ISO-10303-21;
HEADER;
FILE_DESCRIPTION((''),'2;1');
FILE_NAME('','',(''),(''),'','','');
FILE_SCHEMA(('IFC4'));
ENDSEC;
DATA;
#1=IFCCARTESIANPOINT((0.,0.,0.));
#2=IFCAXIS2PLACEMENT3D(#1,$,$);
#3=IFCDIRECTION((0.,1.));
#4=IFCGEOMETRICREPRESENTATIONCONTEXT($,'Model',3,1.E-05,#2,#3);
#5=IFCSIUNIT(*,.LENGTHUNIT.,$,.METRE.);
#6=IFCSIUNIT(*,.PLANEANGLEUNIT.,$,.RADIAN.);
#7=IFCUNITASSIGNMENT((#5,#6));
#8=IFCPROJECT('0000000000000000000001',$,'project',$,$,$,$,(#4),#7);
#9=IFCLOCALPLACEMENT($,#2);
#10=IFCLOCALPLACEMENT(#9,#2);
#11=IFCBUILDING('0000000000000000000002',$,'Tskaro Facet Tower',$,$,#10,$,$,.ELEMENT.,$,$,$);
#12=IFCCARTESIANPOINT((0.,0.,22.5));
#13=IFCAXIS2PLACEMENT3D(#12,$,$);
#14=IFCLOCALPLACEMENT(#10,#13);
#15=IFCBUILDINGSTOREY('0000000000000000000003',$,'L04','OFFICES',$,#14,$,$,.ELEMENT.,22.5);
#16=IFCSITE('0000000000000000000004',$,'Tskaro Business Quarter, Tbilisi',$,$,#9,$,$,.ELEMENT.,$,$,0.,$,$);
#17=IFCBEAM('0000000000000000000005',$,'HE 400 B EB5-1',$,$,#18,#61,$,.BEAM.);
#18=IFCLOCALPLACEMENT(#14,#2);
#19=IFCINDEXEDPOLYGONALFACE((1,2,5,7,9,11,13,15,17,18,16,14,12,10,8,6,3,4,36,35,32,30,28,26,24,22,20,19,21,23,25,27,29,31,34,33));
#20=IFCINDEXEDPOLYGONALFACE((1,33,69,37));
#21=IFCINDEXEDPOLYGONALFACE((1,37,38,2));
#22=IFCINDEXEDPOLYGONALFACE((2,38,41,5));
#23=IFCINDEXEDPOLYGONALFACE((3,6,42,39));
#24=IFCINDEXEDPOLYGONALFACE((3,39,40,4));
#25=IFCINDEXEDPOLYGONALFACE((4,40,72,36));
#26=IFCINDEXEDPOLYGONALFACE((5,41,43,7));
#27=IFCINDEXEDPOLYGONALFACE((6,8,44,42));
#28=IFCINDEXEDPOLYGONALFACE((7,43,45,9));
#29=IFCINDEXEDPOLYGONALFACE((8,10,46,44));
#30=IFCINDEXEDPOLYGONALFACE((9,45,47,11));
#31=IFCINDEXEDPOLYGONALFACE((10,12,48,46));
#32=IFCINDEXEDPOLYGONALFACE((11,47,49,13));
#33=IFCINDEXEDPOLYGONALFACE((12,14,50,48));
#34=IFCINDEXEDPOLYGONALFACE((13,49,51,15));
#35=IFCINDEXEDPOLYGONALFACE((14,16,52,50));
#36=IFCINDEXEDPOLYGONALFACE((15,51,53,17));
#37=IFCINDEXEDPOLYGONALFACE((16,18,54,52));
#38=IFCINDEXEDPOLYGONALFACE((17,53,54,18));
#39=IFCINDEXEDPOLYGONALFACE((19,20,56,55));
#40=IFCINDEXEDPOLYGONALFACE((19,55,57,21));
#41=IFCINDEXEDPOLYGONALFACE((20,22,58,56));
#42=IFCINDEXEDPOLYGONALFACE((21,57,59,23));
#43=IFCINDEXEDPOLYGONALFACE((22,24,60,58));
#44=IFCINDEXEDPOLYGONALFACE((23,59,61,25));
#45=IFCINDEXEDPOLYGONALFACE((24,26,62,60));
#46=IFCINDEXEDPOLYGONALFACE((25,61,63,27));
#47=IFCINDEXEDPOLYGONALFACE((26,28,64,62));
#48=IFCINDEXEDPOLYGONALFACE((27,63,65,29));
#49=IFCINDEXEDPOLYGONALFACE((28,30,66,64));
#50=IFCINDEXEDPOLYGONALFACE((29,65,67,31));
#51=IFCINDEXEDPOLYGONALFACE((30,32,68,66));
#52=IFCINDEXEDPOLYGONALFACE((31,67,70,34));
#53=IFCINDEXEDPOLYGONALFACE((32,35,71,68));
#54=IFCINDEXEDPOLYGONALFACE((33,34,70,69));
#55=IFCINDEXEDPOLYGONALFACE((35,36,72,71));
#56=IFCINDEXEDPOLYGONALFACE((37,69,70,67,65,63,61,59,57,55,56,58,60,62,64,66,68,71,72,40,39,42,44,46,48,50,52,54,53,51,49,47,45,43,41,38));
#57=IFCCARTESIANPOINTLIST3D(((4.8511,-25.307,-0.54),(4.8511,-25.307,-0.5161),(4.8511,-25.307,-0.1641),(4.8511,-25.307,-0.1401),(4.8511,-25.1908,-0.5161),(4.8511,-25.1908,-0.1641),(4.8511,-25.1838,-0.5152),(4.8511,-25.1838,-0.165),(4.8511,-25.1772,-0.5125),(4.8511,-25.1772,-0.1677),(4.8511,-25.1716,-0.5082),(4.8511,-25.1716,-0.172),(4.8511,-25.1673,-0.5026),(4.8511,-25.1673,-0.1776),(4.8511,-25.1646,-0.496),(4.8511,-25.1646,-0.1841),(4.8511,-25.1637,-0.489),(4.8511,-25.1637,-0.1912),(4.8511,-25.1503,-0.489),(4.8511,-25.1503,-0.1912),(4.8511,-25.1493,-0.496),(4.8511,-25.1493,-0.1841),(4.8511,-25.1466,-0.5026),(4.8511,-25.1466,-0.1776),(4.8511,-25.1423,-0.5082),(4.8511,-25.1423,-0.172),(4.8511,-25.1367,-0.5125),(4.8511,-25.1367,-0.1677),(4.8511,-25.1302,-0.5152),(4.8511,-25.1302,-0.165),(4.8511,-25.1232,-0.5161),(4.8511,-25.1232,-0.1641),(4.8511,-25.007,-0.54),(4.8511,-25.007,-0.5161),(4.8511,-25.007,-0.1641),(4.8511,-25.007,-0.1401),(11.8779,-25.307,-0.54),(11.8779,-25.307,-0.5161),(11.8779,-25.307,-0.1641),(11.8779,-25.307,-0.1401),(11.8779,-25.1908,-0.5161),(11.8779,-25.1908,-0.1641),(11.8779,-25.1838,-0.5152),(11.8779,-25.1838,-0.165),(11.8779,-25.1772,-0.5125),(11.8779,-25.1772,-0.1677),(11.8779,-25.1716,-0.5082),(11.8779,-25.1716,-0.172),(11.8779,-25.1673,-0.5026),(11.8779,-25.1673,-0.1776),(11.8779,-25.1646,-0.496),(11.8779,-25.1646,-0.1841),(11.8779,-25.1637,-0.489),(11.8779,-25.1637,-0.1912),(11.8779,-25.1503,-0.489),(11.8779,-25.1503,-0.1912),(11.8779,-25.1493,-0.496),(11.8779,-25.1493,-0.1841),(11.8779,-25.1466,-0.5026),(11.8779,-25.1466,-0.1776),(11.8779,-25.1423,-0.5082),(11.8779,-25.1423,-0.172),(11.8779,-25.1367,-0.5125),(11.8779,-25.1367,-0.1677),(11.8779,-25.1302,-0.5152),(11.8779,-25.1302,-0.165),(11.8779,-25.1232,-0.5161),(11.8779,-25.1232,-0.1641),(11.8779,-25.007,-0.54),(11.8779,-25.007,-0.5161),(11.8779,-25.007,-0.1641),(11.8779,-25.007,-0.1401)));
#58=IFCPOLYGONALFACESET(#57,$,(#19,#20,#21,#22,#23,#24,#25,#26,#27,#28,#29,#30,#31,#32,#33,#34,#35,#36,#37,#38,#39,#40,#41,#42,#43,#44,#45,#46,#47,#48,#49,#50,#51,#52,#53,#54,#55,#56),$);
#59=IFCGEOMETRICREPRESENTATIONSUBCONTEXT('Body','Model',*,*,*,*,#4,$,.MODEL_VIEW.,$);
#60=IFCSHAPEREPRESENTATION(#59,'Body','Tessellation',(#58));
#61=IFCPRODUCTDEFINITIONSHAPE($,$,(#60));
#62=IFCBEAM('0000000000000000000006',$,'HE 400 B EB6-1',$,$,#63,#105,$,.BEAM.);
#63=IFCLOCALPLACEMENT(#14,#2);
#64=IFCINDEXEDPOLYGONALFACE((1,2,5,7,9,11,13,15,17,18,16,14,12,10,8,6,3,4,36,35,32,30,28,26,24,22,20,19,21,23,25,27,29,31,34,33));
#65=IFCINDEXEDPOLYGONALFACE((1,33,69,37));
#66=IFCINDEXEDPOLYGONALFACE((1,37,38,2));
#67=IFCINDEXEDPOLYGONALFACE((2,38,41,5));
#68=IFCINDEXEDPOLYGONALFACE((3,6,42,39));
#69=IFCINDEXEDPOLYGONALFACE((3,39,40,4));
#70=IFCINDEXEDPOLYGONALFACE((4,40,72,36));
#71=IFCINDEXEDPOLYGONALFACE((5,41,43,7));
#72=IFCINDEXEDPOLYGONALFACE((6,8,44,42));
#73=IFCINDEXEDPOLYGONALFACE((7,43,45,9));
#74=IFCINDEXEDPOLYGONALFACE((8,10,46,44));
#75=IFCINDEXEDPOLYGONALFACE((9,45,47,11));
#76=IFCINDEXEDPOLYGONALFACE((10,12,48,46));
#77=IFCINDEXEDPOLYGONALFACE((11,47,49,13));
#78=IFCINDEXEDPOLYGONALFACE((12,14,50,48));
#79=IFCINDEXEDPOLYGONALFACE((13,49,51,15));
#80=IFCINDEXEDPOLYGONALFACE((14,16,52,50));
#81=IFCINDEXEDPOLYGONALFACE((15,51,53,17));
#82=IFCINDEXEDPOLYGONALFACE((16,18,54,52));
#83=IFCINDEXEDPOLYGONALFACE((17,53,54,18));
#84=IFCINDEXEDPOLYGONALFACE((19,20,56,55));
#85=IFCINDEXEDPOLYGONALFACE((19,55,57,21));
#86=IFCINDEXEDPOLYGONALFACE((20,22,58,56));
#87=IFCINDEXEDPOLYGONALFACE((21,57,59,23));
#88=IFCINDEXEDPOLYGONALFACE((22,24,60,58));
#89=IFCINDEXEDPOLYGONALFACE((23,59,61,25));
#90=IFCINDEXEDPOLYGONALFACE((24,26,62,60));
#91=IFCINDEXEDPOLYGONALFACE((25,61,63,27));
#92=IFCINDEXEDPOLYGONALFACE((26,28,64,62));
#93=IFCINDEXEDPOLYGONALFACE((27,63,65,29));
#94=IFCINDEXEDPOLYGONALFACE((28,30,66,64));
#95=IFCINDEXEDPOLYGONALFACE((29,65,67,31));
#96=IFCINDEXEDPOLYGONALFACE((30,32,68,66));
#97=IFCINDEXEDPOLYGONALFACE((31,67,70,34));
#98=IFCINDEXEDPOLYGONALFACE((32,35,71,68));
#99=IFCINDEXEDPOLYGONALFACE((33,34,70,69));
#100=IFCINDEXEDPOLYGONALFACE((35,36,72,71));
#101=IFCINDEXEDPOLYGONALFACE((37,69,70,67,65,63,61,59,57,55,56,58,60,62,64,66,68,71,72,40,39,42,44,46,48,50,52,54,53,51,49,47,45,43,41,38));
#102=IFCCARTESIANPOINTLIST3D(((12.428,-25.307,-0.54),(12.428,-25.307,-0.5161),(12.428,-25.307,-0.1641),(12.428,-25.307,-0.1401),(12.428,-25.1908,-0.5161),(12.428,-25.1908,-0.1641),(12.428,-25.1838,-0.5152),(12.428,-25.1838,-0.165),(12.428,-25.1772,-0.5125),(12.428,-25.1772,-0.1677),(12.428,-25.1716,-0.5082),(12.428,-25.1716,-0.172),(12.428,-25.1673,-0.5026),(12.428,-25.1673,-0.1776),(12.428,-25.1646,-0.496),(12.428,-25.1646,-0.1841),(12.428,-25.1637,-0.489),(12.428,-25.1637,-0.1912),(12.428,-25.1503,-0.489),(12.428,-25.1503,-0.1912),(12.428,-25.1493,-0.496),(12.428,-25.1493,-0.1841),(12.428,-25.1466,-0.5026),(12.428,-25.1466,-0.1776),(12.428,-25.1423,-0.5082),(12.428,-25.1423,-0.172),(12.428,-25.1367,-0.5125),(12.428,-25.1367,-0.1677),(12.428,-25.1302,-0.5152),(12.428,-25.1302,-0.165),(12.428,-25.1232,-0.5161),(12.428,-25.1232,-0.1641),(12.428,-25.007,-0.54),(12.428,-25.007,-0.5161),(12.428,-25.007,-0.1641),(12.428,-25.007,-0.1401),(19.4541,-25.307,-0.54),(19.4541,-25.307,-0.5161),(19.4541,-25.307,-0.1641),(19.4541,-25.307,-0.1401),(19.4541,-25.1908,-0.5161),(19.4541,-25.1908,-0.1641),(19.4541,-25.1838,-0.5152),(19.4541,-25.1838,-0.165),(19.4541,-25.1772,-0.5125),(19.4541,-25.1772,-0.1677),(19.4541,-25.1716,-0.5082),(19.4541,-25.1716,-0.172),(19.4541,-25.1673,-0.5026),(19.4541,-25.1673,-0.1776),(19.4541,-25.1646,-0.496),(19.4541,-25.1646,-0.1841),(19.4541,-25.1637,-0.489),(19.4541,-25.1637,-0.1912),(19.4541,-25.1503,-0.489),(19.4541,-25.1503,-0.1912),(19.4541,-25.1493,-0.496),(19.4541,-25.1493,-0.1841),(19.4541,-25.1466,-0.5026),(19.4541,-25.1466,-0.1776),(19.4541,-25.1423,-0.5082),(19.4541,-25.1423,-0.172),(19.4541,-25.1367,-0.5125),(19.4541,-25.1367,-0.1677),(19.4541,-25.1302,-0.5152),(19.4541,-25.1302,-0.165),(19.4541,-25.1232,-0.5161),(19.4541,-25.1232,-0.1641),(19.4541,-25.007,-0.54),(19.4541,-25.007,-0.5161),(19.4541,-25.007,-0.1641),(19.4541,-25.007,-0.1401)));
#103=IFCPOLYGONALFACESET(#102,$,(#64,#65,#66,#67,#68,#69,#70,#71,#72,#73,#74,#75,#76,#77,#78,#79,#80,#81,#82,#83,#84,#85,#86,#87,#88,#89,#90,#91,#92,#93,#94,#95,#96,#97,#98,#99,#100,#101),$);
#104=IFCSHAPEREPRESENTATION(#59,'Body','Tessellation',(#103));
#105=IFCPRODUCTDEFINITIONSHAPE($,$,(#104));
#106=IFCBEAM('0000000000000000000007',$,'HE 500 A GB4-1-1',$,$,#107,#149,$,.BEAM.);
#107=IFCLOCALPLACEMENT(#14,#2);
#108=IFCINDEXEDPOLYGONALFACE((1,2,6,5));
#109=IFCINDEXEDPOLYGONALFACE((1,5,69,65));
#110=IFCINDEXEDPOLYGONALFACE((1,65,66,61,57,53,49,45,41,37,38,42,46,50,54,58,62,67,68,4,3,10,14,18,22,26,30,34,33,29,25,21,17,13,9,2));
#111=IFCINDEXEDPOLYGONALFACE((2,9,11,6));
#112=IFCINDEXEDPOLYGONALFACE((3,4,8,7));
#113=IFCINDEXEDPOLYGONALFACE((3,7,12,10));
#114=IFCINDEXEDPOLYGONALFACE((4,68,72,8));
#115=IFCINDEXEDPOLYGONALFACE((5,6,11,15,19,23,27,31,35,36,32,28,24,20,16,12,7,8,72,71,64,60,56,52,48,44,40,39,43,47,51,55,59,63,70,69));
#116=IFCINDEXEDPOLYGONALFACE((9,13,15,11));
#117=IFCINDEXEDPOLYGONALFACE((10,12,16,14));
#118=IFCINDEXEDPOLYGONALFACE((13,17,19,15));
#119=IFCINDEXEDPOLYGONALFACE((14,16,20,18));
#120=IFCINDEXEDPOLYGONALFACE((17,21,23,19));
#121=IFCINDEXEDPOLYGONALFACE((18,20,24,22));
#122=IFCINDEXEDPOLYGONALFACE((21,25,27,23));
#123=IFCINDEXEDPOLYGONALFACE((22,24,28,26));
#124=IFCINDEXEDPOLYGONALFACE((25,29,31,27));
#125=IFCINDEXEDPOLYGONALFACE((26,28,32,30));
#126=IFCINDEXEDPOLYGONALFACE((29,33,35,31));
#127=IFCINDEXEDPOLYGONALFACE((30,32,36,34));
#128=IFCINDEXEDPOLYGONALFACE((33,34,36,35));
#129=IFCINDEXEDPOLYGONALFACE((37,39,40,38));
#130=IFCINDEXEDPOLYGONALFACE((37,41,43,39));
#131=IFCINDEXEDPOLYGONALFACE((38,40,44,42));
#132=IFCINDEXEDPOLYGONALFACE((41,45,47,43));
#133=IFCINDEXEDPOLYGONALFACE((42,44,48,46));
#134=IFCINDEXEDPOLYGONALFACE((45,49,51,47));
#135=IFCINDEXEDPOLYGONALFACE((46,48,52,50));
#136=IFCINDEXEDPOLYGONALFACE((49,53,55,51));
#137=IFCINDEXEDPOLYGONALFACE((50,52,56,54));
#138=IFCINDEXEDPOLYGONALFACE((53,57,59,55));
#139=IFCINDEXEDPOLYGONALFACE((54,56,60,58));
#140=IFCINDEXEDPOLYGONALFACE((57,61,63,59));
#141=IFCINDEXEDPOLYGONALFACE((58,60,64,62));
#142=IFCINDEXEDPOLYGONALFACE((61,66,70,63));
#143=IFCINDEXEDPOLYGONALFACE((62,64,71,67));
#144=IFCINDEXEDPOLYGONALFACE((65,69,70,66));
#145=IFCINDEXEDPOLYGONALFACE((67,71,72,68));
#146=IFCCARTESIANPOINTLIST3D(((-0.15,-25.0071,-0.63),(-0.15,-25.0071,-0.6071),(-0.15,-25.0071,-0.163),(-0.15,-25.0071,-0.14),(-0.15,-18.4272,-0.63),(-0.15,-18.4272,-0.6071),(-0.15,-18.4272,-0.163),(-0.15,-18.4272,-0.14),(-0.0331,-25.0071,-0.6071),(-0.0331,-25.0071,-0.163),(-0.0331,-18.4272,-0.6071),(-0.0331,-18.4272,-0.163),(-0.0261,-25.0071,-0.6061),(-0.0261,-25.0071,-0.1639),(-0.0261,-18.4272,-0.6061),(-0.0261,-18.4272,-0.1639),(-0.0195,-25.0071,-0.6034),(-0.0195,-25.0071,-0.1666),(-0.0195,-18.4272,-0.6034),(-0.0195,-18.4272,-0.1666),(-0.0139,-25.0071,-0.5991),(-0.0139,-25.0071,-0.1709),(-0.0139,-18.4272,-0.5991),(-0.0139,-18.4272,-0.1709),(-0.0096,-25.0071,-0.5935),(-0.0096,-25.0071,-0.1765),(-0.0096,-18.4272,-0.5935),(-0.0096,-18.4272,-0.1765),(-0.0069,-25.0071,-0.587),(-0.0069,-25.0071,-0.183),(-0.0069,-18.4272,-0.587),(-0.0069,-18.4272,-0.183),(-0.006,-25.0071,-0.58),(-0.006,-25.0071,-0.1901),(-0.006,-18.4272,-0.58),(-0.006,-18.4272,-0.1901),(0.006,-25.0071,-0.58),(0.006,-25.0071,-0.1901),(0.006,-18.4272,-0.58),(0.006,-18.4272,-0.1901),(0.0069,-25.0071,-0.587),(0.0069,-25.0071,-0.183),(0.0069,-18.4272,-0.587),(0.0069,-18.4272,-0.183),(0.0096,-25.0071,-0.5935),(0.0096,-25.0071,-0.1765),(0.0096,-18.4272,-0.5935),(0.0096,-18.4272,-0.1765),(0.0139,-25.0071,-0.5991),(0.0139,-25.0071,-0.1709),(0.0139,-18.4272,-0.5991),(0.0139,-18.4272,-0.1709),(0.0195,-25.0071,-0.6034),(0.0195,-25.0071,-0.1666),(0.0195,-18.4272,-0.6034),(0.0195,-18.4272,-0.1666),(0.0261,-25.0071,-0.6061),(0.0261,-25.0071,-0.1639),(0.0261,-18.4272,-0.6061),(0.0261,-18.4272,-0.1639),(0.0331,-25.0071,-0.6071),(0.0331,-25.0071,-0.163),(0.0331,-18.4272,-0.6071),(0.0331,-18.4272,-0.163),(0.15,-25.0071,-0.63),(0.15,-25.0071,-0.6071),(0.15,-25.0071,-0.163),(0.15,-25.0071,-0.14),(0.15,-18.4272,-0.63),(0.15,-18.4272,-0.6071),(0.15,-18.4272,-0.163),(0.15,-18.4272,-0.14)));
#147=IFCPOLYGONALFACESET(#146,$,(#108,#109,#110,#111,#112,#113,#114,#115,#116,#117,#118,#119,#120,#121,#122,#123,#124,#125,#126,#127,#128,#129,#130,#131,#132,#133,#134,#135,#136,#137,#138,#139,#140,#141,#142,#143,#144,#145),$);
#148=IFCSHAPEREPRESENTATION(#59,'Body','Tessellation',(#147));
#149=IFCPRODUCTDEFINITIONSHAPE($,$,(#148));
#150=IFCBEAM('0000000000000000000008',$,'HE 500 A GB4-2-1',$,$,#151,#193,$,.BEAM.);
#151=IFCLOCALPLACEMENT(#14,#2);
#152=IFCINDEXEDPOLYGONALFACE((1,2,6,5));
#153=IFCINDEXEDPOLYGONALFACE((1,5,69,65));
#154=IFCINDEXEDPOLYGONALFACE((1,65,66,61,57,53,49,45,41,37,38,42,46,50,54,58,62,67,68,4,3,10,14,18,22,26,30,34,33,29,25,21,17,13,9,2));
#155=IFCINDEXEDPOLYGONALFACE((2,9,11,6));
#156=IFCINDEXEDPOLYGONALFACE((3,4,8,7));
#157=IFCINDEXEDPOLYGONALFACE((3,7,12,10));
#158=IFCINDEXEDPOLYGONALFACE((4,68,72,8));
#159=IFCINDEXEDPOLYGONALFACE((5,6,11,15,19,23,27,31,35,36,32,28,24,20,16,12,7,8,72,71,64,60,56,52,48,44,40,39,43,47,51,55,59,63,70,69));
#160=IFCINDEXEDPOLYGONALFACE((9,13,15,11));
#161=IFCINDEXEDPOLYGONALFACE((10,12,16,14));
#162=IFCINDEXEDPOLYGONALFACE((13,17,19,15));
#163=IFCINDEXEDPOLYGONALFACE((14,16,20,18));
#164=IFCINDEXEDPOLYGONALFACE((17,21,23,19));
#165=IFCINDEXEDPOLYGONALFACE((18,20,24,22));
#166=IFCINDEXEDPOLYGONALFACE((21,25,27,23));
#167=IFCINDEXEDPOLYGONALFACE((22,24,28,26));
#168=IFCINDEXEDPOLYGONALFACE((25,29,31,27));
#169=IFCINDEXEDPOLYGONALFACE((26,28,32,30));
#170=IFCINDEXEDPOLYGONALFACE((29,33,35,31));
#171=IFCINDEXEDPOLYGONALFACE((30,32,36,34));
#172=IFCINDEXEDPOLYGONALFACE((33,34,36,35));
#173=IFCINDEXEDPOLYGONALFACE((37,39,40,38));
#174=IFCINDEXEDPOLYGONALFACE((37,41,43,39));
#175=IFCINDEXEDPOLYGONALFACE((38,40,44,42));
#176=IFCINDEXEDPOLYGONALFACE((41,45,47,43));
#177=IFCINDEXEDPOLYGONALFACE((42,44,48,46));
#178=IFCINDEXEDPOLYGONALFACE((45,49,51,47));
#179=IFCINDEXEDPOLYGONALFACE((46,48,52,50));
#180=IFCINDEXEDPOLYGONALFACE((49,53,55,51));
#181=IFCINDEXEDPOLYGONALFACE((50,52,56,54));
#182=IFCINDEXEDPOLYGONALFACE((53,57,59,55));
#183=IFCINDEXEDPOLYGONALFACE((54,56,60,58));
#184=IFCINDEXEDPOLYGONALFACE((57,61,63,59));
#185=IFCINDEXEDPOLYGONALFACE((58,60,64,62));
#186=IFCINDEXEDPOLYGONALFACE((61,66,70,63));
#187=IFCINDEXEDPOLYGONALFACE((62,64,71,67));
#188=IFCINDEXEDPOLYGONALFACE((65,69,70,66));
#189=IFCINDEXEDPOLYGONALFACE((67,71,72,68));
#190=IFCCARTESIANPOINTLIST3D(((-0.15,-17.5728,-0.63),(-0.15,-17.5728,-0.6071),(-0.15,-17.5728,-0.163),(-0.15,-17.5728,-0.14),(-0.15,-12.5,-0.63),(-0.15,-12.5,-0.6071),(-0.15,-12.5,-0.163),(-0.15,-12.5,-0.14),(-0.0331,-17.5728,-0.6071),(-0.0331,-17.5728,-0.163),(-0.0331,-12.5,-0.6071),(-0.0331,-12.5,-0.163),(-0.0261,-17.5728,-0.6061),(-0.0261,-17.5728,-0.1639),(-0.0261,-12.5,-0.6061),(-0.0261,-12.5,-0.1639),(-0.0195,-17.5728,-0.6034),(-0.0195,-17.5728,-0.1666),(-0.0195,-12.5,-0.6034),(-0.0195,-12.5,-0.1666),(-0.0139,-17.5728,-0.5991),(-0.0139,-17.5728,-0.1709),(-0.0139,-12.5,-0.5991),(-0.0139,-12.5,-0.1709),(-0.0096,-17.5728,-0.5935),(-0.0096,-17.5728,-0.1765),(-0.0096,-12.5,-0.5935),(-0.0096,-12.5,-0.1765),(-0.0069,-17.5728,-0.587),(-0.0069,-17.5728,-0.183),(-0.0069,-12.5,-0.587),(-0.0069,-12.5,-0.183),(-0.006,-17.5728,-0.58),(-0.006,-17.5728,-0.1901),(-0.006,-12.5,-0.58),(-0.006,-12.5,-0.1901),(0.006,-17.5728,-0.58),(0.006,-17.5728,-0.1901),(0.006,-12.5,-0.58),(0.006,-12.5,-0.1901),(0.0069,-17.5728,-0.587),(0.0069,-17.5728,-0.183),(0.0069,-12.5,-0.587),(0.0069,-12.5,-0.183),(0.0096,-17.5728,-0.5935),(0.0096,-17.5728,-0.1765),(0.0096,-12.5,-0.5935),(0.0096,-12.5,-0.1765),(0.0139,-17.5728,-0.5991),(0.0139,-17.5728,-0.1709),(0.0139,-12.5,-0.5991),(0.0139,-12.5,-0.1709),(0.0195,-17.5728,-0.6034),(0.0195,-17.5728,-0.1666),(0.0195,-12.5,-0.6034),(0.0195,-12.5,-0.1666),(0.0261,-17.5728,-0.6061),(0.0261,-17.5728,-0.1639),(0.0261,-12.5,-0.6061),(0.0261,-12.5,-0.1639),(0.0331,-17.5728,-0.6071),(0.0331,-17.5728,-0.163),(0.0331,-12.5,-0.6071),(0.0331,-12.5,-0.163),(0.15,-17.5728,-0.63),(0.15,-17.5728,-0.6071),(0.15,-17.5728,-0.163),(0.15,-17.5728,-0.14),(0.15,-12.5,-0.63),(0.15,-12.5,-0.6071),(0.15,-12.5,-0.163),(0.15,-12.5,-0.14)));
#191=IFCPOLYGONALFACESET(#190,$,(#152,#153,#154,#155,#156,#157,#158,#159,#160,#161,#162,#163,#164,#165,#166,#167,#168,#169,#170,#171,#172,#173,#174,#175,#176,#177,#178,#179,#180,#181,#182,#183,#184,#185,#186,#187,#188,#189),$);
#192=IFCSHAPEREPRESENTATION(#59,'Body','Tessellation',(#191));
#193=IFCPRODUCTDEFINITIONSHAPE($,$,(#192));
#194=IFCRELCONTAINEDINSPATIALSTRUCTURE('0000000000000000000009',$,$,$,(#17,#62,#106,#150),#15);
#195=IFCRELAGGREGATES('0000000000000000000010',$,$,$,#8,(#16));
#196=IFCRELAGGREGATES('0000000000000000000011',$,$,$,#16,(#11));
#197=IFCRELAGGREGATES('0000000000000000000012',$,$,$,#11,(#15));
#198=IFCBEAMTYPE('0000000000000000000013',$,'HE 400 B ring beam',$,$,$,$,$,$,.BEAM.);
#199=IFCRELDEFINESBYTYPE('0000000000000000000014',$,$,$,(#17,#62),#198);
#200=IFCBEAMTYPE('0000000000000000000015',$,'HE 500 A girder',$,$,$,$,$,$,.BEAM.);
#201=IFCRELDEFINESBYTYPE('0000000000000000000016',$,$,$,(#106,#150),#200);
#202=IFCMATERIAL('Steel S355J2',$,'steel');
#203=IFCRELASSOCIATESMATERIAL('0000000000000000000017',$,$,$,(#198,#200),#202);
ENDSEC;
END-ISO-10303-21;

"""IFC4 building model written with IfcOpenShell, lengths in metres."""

from ifc_helpers import new_model, si_unit, direction, frame, origin, origin_2d, place, context, subcontext, project, spatial, i_section, extrude, material, material_profile, profile_set, type_object, element, save


model = new_model("IFC4")

# Units and contexts
model_context = context("Model", 3, precision=1e-05, world=origin(), true_north=direction((0.0, 1.0)))
body_context = subcontext(model_context, "Body", "Model", "MODEL_VIEW")
ifc_project = project(units=[si_unit("LENGTHUNIT", "METRE"), si_unit("PLANEANGLEUNIT", "RADIAN")], contexts=[model_context])

# Site, building, storey
site_placement = place(None, origin())
site = spatial("IfcSite", under=ifc_project, at=site_placement, Name="Tskaro Business Quarter, Tbilisi", CompositionType="ELEMENT", RefElevation=0.0)
building_placement = place(site_placement, origin())
building = spatial("IfcBuilding", under=site, at=building_placement, Name="Tskaro Facet Tower", CompositionType="ELEMENT")
storey_placement = place(building_placement, frame((0.0, 0.0, 22.5)))
storey = spatial("IfcBuildingStorey", under=building, at=storey_placement, Name="L04", Description="OFFICES", CompositionType="ELEMENT", Elevation=22.5)

# Beams
ifc_material_1 = material(Name="Steel S355J2", Category="steel")
ifc_material_profile_1 = material_profile(ifc_material_1, i_section(OverallWidth=0.3, OverallDepth=0.3999, WebThickness=0.0134, FlangeThickness=0.0239, FilletRadius=0.0271, at=origin_2d()), Name="HE 400 B")
ifc_profile_set_1 = profile_set([ifc_material_profile_1], Name="Steel S355J2")
beam_type_1 = type_object("IfcBeamType", Name="HE 400 B ring beam", PredefinedType="BEAM", material=ifc_profile_set_1)
beam_1_placement = place(storey_placement, frame((4.8511, -25.157, -0.3401), z_axis=(1.0, 0.0, 0.0), x_axis=(0.0, 1.0, 0.0)))
element("IfcBeam", 1, at=beam_1_placement, inside=storey, type_object=beam_type_1, Name="HE 400 B EB5-1", PredefinedType="BEAM", context=body_context, shape_type="SweptSolid", body=[
    extrude(i_section(OverallWidth=0.3, OverallDepth=0.3999, WebThickness=0.0134, FlangeThickness=0.0239, FilletRadius=0.0271, at=origin_2d()), origin(), (0.0, 0.0, 1.0), 7.0269),
])
beam_2_placement = place(storey_placement, frame((12.428, -25.157, -0.3401), z_axis=(1.0, 0.0, 0.0), x_axis=(0.0, 1.0, 0.0)))
element("IfcBeam", 2, at=beam_2_placement, inside=storey, type_object=beam_type_1, Name="HE 400 B EB6-1", PredefinedType="BEAM", context=body_context, shape_type="SweptSolid", body=[
    extrude(i_section(OverallWidth=0.3, OverallDepth=0.3999, WebThickness=0.0134, FlangeThickness=0.0239, FilletRadius=0.0271, at=origin_2d()), origin(), (0.0, 0.0, 1.0), 7.0261),
])
ifc_material_profile_2 = material_profile(ifc_material_1, i_section(OverallWidth=0.3, OverallDepth=0.49, WebThickness=0.012, FlangeThickness=0.0229, FilletRadius=0.0271, at=origin_2d()), Name="HE 500 A")
ifc_profile_set_2 = profile_set([ifc_material_profile_2], Name="Steel S355J2")
beam_type_2 = type_object("IfcBeamType", Name="HE 500 A girder", PredefinedType="BEAM", material=ifc_profile_set_2)
beam_3_placement = place(storey_placement, frame((0.0, -25.0071, -0.385), z_axis=(0.0, 1.0, 0.0), x_axis=(-1.0, 0.0, 0.0)))
element("IfcBeam", 3, at=beam_3_placement, inside=storey, type_object=beam_type_2, Name="HE 500 A GB4-1-1", PredefinedType="BEAM", context=body_context, shape_type="SweptSolid", body=[
    extrude(i_section(OverallWidth=0.3, OverallDepth=0.49, WebThickness=0.012, FlangeThickness=0.0229, FilletRadius=0.0271, at=origin_2d()), origin(), (0.0, 0.0, 1.0), 6.5798),
])
beam_4_placement = place(storey_placement, frame((0.0, -17.5728, -0.385), z_axis=(0.0, 1.0, 0.0), x_axis=(-1.0, 0.0, 0.0)))
element("IfcBeam", 4, at=beam_4_placement, inside=storey, type_object=beam_type_2, Name="HE 500 A GB4-2-1", PredefinedType="BEAM", context=body_context, shape_type="SweptSolid", body=[
    extrude(i_section(OverallWidth=0.3, OverallDepth=0.49, WebThickness=0.012, FlangeThickness=0.0229, FilletRadius=0.0271, at=origin_2d()), origin(), (0.0, 0.0, 1.0), 5.0728),
])

save(model, "model.ifc")
